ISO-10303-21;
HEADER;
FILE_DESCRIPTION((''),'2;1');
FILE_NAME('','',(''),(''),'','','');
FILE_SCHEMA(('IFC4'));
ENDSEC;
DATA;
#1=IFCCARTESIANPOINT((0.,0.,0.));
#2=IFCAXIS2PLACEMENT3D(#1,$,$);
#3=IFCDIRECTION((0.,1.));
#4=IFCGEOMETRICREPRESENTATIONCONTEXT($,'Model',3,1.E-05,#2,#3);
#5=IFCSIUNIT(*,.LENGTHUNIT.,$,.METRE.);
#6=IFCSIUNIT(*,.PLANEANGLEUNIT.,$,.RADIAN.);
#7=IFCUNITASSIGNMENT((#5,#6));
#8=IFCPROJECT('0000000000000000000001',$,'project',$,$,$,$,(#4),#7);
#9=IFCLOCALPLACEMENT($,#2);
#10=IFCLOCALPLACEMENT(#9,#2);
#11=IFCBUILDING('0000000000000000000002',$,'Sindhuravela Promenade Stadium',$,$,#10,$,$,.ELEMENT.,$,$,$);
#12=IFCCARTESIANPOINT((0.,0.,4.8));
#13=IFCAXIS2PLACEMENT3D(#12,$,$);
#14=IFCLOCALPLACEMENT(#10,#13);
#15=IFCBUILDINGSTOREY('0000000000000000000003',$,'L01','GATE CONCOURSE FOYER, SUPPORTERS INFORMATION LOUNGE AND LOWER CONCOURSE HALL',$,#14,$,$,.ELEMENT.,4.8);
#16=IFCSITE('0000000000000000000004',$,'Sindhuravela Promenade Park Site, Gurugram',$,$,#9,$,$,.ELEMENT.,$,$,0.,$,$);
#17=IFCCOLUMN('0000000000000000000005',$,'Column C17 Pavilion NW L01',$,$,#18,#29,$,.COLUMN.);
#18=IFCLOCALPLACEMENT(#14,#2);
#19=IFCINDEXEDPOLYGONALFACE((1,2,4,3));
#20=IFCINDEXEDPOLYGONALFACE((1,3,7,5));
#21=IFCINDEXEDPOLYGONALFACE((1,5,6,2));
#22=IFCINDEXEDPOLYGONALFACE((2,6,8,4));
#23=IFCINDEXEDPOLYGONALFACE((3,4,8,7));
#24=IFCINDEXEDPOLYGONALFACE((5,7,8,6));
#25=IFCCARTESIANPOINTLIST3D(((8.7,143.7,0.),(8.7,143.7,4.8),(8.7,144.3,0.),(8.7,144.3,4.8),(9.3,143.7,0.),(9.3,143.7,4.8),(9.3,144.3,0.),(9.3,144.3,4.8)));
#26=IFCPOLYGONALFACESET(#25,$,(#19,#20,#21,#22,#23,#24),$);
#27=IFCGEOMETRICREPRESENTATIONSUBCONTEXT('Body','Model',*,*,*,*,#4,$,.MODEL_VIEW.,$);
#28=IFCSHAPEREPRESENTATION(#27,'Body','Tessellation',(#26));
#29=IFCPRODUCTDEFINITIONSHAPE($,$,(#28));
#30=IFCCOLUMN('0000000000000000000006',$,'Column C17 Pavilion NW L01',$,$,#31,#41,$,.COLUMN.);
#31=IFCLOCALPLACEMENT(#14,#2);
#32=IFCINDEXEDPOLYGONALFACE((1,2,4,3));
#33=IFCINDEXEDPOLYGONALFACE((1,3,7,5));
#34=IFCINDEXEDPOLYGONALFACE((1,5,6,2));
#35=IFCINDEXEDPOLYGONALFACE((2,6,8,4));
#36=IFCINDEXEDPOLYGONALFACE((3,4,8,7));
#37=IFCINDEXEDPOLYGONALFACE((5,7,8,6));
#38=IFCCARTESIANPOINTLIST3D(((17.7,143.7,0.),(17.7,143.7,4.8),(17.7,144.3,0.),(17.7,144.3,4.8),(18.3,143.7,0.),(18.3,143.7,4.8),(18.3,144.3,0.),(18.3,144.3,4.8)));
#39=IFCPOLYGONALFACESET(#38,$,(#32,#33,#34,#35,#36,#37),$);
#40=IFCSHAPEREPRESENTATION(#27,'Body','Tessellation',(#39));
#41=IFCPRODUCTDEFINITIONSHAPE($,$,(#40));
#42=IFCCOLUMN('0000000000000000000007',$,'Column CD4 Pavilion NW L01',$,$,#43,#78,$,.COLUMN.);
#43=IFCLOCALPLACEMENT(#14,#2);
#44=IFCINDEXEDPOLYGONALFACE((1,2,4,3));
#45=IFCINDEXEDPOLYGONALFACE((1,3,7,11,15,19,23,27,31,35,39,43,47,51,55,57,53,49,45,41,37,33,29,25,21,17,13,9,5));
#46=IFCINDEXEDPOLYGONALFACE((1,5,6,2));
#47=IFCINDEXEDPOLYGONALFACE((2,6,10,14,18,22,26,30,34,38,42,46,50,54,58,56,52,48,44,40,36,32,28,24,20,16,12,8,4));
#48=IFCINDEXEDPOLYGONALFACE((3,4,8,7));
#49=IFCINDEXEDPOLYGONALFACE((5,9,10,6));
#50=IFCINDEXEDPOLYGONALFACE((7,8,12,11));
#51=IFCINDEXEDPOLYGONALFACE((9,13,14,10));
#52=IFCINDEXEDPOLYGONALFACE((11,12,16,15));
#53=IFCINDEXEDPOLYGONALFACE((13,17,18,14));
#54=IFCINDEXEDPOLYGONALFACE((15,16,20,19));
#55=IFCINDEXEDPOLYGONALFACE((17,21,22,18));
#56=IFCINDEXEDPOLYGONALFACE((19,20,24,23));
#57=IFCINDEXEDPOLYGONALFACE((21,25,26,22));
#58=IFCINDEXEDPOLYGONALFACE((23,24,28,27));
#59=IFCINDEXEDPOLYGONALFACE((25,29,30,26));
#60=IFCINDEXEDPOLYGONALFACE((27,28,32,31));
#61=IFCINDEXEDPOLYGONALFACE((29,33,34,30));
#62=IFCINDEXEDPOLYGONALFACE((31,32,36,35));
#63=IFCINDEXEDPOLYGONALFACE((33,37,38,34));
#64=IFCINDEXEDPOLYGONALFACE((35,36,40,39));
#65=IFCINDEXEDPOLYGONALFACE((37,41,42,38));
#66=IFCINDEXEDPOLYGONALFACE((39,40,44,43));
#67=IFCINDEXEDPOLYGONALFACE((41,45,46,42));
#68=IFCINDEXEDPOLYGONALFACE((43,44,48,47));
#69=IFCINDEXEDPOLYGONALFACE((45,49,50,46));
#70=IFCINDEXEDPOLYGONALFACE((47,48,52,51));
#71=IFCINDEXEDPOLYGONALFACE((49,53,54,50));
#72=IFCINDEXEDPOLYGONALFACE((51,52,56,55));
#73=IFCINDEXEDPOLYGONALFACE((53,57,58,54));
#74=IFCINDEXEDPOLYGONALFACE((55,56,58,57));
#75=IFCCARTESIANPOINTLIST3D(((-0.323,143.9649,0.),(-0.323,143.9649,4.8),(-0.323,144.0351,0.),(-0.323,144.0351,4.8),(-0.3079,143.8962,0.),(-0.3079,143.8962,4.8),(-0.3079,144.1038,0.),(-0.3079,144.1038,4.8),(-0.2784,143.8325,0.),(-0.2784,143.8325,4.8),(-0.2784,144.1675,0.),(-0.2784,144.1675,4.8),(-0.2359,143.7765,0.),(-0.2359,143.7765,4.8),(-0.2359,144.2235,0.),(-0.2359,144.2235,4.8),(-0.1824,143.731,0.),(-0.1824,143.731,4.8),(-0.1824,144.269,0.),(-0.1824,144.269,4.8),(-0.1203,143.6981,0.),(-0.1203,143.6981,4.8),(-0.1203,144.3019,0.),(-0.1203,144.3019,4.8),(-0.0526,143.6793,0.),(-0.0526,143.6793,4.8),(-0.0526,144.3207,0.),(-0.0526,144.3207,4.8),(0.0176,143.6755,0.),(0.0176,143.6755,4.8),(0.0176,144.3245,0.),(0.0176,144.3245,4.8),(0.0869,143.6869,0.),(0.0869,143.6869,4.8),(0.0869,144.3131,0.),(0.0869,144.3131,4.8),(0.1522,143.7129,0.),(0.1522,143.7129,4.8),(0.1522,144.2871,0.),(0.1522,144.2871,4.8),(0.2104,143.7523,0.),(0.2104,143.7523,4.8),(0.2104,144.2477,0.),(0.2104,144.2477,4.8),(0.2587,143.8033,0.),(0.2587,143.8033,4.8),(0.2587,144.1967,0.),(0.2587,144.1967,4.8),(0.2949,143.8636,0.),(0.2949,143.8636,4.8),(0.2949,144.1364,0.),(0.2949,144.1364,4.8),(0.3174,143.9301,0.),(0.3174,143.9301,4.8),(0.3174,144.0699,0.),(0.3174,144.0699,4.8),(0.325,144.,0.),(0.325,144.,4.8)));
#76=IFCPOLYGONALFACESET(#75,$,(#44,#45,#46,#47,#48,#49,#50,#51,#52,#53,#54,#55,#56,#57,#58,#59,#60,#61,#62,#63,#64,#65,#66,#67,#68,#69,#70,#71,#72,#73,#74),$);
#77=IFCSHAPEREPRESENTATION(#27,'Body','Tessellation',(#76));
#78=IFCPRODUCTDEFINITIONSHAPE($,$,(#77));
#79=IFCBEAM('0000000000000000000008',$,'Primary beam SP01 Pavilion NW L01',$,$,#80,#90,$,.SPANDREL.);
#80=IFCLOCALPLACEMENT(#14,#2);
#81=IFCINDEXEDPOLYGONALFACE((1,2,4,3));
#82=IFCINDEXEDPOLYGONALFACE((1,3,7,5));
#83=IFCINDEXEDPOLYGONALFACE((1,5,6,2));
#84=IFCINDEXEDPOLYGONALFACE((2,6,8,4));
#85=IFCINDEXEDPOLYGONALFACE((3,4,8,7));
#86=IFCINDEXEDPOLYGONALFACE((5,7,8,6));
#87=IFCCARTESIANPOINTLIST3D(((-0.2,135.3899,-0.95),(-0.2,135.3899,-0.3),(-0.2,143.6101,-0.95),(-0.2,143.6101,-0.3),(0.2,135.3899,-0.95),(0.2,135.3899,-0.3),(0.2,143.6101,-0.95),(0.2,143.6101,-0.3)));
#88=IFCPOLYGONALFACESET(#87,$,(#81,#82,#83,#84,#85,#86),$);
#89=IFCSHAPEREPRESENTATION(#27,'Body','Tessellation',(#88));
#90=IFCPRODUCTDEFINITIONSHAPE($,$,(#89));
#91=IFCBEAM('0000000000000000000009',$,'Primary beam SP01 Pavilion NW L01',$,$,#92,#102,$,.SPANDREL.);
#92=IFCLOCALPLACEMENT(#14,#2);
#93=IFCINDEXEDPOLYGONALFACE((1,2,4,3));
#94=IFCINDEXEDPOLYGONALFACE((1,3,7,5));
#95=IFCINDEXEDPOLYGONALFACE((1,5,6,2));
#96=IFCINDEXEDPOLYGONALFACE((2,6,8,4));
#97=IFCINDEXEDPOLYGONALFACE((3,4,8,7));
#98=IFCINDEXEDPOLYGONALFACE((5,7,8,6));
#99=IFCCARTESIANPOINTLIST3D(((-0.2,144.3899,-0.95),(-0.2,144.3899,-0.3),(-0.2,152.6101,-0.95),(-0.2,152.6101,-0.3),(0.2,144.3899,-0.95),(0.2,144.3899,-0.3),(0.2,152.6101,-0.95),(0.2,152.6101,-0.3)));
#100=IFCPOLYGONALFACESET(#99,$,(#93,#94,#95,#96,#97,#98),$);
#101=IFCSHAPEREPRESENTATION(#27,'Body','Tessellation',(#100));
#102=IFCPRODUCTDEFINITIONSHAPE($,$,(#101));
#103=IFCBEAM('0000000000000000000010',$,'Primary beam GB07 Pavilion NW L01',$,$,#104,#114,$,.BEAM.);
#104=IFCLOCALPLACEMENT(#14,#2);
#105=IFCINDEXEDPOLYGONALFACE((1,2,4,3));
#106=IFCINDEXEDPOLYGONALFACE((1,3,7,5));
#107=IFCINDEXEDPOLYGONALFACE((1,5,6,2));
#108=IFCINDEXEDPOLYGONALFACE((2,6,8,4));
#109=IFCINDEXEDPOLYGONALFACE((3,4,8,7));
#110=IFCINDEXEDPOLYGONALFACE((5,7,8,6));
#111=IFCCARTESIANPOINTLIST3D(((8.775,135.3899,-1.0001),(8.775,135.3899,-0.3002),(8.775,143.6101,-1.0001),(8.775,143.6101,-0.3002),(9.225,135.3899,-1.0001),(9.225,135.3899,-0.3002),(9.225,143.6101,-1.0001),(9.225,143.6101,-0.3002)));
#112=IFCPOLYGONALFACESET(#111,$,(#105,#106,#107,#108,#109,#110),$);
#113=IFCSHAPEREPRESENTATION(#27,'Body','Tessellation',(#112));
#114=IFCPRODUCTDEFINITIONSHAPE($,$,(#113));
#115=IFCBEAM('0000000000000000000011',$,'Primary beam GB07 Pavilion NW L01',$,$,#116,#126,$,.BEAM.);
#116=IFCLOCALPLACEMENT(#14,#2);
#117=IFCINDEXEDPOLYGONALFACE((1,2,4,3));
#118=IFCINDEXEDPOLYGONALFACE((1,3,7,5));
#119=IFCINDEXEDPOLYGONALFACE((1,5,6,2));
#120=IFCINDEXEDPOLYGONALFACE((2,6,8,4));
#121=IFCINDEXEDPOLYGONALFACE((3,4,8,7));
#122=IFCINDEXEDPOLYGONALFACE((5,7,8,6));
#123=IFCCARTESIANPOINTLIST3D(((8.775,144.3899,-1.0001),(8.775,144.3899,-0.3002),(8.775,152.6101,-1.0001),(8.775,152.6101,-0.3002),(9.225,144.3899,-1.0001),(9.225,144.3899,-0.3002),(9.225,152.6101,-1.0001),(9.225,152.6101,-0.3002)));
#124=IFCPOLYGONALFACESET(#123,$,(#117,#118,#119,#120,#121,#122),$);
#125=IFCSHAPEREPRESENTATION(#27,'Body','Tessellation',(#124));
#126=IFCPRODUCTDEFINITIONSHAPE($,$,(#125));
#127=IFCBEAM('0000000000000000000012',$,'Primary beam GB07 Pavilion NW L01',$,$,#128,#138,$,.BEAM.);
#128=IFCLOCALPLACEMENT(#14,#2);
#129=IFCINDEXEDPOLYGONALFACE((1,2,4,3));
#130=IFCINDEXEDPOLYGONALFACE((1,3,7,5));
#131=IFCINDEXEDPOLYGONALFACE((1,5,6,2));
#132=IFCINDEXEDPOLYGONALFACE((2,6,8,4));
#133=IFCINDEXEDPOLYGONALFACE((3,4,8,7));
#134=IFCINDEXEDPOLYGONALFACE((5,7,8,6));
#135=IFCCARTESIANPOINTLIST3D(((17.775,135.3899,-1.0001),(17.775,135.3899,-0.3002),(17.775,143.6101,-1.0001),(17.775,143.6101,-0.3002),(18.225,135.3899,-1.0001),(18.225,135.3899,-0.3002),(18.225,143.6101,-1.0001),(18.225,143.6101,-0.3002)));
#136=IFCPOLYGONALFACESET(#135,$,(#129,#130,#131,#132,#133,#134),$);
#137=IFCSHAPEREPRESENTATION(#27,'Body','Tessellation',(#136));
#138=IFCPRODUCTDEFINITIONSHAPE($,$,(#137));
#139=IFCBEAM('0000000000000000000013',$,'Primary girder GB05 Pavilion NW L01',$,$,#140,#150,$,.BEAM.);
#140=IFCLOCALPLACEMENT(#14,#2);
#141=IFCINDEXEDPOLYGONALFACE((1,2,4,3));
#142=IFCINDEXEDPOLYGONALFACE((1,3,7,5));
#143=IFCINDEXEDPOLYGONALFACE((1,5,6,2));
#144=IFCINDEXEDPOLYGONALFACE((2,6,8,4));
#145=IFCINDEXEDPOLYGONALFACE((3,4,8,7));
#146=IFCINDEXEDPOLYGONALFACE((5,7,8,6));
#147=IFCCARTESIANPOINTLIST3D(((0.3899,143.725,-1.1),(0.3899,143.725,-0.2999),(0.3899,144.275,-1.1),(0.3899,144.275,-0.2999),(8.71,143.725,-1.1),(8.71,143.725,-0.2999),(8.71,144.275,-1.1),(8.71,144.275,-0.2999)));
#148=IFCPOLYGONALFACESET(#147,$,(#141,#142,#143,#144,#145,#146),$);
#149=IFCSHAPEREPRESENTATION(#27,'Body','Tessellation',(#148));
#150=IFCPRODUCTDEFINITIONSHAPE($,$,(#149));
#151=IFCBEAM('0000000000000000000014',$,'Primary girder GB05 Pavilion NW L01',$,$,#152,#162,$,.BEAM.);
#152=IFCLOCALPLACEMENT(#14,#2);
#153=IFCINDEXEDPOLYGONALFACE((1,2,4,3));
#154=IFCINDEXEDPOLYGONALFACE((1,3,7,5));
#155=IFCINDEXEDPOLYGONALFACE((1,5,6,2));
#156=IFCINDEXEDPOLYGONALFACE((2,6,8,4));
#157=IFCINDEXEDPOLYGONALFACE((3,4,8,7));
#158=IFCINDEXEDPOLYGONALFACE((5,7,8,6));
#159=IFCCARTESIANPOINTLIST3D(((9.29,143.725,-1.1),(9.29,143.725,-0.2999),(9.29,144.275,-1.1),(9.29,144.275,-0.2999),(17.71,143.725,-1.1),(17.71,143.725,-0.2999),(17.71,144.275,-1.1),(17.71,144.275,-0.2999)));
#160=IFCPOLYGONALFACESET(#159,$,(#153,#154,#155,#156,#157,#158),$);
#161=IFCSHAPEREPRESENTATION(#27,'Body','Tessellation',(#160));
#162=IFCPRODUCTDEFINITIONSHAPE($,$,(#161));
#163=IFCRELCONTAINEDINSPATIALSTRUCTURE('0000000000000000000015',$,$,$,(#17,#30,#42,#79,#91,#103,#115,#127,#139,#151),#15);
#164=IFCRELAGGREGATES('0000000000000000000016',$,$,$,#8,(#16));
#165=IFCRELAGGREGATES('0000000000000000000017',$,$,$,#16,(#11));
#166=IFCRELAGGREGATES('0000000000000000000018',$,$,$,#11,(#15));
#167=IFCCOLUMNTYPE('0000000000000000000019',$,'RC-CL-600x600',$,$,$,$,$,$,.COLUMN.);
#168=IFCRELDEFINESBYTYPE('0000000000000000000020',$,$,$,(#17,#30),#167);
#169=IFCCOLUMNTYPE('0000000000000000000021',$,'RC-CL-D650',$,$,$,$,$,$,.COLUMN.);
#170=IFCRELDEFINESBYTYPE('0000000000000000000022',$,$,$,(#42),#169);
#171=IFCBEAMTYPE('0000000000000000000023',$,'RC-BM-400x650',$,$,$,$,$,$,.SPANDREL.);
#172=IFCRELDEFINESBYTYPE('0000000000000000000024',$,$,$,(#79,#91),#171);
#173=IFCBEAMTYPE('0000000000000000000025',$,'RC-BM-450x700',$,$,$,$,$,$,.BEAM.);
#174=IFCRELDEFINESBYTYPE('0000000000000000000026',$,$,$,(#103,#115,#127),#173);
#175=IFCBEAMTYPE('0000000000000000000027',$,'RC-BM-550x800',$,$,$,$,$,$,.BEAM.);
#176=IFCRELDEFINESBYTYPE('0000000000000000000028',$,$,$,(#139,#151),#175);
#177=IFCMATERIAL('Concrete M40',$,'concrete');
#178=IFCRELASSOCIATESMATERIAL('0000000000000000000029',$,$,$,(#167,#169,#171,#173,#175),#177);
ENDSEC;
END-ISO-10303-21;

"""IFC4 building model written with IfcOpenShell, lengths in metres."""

from ifc_helpers import new_model, si_unit, direction, frame, origin, origin_2d, place, context, subcontext, project, spatial, rectangle, circle, extrude, material, material_profile, profile_set, type_object, element, save


model = new_model("IFC4")

# Units and contexts
model_context = context("Model", 3, precision=1e-05, world=origin(), true_north=direction((0.0, 1.0)))
body_context = subcontext(model_context, "Body", "Model", "MODEL_VIEW")
ifc_project = project(units=[si_unit("LENGTHUNIT", "METRE"), si_unit("PLANEANGLEUNIT", "RADIAN")], contexts=[model_context])

# Site, building, storey
site_placement = place(None, origin())
site = spatial("IfcSite", under=ifc_project, at=site_placement, Name="Sindhuravela Promenade Park Site, Gurugram", CompositionType="ELEMENT", RefElevation=0.0)
building_placement = place(site_placement, origin())
building = spatial("IfcBuilding", under=site, at=building_placement, Name="Sindhuravela Promenade Stadium", CompositionType="ELEMENT")
storey_placement = place(building_placement, frame((0.0, 0.0, 4.8)))
storey = spatial("IfcBuildingStorey", under=building, at=storey_placement, Name="L01", Description="GATE CONCOURSE FOYER, SUPPORTERS INFORMATION LOUNGE AND LOWER CONCOURSE HALL", CompositionType="ELEMENT", Elevation=4.8)

# Columns
ifc_material_1 = material(Name="Concrete M40", Category="concrete")
ifc_material_profile_1 = material_profile(ifc_material_1, rectangle(XDim=0.6001, YDim=0.6001, at=origin_2d()), Name="RC 600x600")
ifc_profile_set_1 = profile_set([ifc_material_profile_1], Name="Concrete M40")
column_type_1 = type_object("IfcColumnType", Name="RC-CL-600x600", PredefinedType="COLUMN", material=ifc_profile_set_1)
for number, where, z_axis, x_axis, name in (
    (1, (9.0, 144.0, 0.0), (0.0, 0.0, 1.0), (1.0, 0.0, 0.0), "Column C17 Pavilion NW L01"),
    (2, (18.0, 144.0, 0.0), (0.0, 0.0, 1.0), (1.0, 0.0, 0.0), "Column C17 Pavilion NW L01"),
):
    element("IfcColumn", number, at=place(storey_placement, frame(where, z_axis=z_axis, x_axis=x_axis)), inside=storey, type_object=column_type_1, Name=name, PredefinedType="COLUMN", context=body_context, shape_type="SweptSolid", body=[
        extrude(rectangle(XDim=0.6001, YDim=0.6001, at=origin_2d()), origin(), (0.0, 0.0, 1.0), 4.8),
    ])
ifc_material_profile_2 = material_profile(ifc_material_1, circle(Radius=0.325, at=origin_2d()), Name="RC D650")
ifc_profile_set_2 = profile_set([ifc_material_profile_2], Name="Concrete M40")
column_type_2 = type_object("IfcColumnType", Name="RC-CL-D650", PredefinedType="COLUMN", material=ifc_profile_set_2)
column_placement = place(storey_placement, frame((0.0, 144.0, 0.0), z_axis=(0.0, 0.0, 1.0), x_axis=(1.0, 0.0, 0.0)))
element("IfcColumn", 3, at=column_placement, inside=storey, type_object=column_type_2, Name="Column CD4 Pavilion NW L01", PredefinedType="COLUMN", context=body_context, shape_type="SweptSolid", body=[
    extrude(circle(Radius=0.325, at=origin_2d()), origin(), (0.0, 0.0, 1.0), 4.8),
])

# Beams
ifc_material_profile_3 = material_profile(ifc_material_1, rectangle(XDim=0.3999, YDim=0.6499, at=origin_2d()), Name="RC 400x650")
ifc_profile_set_3 = profile_set([ifc_material_profile_3], Name="Concrete M40")
beam_type_1 = type_object("IfcBeamType", Name="RC-BM-400x650", PredefinedType="SPANDREL", material=ifc_profile_set_3)
for number, where, z_axis, x_axis, name in (
    (4, (0.0, 135.3899, -0.625), (0.0, 1.0, 0.0), (-1.0, 0.0, 0.0), "Primary beam SP01 Pavilion NW L01"),
    (5, (0.0, 144.3899, -0.625), (0.0, 1.0, 0.0), (-1.0, 0.0, 0.0), "Primary beam SP01 Pavilion NW L01"),
):
    element("IfcBeam", number, at=place(storey_placement, frame(where, z_axis=z_axis, x_axis=x_axis)), inside=storey, type_object=beam_type_1, Name=name, PredefinedType="SPANDREL", context=body_context, shape_type="SweptSolid", body=[
        extrude(rectangle(XDim=0.3999, YDim=0.6499, at=origin_2d()), origin(), (0.0, 0.0, 1.0), 8.2202),
    ])
ifc_material_profile_4 = material_profile(ifc_material_1, rectangle(XDim=0.45, YDim=0.7, at=origin_2d()), Name="RC 450x700")
ifc_profile_set_4 = profile_set([ifc_material_profile_4], Name="Concrete M40")
beam_type_2 = type_object("IfcBeamType", Name="RC-BM-450x700", PredefinedType="BEAM", material=ifc_profile_set_4)
for number, where, z_axis, x_axis, name in (
    (6, (9.0, 135.3899, -0.6501), (0.0, 1.0, 0.0), (-1.0, 0.0, 0.0), "Primary beam GB07 Pavilion NW L01"),
    (7, (9.0, 144.3899, -0.6501), (0.0, 1.0, 0.0), (-1.0, 0.0, 0.0), "Primary beam GB07 Pavilion NW L01"),
    (8, (18.0, 135.3899, -0.6501), (0.0, 1.0, 0.0), (-1.0, 0.0, 0.0), "Primary beam GB07 Pavilion NW L01"),
):
    element("IfcBeam", number, at=place(storey_placement, frame(where, z_axis=z_axis, x_axis=x_axis)), inside=storey, type_object=beam_type_2, Name=name, PredefinedType="BEAM", context=body_context, shape_type="SweptSolid", body=[
        extrude(rectangle(XDim=0.45, YDim=0.7, at=origin_2d()), origin(), (0.0, 0.0, 1.0), 8.2202),
    ])
ifc_material_profile_5 = material_profile(ifc_material_1, rectangle(XDim=0.55, YDim=0.8, at=origin_2d()), Name="RC 550x800")
ifc_profile_set_5 = profile_set([ifc_material_profile_5], Name="Concrete M40")
beam_type_3 = type_object("IfcBeamType", Name="RC-BM-550x800", PredefinedType="BEAM", material=ifc_profile_set_5)
beam_1_placement = place(storey_placement, frame((0.3899, 144.0, -0.7), z_axis=(1.0, 0.0, 0.0), x_axis=(0.0, 1.0, 0.0)))
element("IfcBeam", 9, at=beam_1_placement, inside=storey, type_object=beam_type_3, Name="Primary girder GB05 Pavilion NW L01", PredefinedType="BEAM", context=body_context, shape_type="SweptSolid", body=[
    extrude(rectangle(XDim=0.55, YDim=0.8, at=origin_2d()), origin(), (0.0, 0.0, 1.0), 8.3201),
])
beam_2_placement = place(storey_placement, frame((9.29, 144.0, -0.7), z_axis=(1.0, 0.0, 0.0), x_axis=(0.0, 1.0, 0.0)))
element("IfcBeam", 10, at=beam_2_placement, inside=storey, type_object=beam_type_3, Name="Primary girder GB05 Pavilion NW L01", PredefinedType="BEAM", context=body_context, shape_type="SweptSolid", body=[
    extrude(rectangle(XDim=0.55, YDim=0.8, at=origin_2d()), origin(), (0.0, 0.0, 1.0), 8.4199),
])

save(model, "model.ifc")
